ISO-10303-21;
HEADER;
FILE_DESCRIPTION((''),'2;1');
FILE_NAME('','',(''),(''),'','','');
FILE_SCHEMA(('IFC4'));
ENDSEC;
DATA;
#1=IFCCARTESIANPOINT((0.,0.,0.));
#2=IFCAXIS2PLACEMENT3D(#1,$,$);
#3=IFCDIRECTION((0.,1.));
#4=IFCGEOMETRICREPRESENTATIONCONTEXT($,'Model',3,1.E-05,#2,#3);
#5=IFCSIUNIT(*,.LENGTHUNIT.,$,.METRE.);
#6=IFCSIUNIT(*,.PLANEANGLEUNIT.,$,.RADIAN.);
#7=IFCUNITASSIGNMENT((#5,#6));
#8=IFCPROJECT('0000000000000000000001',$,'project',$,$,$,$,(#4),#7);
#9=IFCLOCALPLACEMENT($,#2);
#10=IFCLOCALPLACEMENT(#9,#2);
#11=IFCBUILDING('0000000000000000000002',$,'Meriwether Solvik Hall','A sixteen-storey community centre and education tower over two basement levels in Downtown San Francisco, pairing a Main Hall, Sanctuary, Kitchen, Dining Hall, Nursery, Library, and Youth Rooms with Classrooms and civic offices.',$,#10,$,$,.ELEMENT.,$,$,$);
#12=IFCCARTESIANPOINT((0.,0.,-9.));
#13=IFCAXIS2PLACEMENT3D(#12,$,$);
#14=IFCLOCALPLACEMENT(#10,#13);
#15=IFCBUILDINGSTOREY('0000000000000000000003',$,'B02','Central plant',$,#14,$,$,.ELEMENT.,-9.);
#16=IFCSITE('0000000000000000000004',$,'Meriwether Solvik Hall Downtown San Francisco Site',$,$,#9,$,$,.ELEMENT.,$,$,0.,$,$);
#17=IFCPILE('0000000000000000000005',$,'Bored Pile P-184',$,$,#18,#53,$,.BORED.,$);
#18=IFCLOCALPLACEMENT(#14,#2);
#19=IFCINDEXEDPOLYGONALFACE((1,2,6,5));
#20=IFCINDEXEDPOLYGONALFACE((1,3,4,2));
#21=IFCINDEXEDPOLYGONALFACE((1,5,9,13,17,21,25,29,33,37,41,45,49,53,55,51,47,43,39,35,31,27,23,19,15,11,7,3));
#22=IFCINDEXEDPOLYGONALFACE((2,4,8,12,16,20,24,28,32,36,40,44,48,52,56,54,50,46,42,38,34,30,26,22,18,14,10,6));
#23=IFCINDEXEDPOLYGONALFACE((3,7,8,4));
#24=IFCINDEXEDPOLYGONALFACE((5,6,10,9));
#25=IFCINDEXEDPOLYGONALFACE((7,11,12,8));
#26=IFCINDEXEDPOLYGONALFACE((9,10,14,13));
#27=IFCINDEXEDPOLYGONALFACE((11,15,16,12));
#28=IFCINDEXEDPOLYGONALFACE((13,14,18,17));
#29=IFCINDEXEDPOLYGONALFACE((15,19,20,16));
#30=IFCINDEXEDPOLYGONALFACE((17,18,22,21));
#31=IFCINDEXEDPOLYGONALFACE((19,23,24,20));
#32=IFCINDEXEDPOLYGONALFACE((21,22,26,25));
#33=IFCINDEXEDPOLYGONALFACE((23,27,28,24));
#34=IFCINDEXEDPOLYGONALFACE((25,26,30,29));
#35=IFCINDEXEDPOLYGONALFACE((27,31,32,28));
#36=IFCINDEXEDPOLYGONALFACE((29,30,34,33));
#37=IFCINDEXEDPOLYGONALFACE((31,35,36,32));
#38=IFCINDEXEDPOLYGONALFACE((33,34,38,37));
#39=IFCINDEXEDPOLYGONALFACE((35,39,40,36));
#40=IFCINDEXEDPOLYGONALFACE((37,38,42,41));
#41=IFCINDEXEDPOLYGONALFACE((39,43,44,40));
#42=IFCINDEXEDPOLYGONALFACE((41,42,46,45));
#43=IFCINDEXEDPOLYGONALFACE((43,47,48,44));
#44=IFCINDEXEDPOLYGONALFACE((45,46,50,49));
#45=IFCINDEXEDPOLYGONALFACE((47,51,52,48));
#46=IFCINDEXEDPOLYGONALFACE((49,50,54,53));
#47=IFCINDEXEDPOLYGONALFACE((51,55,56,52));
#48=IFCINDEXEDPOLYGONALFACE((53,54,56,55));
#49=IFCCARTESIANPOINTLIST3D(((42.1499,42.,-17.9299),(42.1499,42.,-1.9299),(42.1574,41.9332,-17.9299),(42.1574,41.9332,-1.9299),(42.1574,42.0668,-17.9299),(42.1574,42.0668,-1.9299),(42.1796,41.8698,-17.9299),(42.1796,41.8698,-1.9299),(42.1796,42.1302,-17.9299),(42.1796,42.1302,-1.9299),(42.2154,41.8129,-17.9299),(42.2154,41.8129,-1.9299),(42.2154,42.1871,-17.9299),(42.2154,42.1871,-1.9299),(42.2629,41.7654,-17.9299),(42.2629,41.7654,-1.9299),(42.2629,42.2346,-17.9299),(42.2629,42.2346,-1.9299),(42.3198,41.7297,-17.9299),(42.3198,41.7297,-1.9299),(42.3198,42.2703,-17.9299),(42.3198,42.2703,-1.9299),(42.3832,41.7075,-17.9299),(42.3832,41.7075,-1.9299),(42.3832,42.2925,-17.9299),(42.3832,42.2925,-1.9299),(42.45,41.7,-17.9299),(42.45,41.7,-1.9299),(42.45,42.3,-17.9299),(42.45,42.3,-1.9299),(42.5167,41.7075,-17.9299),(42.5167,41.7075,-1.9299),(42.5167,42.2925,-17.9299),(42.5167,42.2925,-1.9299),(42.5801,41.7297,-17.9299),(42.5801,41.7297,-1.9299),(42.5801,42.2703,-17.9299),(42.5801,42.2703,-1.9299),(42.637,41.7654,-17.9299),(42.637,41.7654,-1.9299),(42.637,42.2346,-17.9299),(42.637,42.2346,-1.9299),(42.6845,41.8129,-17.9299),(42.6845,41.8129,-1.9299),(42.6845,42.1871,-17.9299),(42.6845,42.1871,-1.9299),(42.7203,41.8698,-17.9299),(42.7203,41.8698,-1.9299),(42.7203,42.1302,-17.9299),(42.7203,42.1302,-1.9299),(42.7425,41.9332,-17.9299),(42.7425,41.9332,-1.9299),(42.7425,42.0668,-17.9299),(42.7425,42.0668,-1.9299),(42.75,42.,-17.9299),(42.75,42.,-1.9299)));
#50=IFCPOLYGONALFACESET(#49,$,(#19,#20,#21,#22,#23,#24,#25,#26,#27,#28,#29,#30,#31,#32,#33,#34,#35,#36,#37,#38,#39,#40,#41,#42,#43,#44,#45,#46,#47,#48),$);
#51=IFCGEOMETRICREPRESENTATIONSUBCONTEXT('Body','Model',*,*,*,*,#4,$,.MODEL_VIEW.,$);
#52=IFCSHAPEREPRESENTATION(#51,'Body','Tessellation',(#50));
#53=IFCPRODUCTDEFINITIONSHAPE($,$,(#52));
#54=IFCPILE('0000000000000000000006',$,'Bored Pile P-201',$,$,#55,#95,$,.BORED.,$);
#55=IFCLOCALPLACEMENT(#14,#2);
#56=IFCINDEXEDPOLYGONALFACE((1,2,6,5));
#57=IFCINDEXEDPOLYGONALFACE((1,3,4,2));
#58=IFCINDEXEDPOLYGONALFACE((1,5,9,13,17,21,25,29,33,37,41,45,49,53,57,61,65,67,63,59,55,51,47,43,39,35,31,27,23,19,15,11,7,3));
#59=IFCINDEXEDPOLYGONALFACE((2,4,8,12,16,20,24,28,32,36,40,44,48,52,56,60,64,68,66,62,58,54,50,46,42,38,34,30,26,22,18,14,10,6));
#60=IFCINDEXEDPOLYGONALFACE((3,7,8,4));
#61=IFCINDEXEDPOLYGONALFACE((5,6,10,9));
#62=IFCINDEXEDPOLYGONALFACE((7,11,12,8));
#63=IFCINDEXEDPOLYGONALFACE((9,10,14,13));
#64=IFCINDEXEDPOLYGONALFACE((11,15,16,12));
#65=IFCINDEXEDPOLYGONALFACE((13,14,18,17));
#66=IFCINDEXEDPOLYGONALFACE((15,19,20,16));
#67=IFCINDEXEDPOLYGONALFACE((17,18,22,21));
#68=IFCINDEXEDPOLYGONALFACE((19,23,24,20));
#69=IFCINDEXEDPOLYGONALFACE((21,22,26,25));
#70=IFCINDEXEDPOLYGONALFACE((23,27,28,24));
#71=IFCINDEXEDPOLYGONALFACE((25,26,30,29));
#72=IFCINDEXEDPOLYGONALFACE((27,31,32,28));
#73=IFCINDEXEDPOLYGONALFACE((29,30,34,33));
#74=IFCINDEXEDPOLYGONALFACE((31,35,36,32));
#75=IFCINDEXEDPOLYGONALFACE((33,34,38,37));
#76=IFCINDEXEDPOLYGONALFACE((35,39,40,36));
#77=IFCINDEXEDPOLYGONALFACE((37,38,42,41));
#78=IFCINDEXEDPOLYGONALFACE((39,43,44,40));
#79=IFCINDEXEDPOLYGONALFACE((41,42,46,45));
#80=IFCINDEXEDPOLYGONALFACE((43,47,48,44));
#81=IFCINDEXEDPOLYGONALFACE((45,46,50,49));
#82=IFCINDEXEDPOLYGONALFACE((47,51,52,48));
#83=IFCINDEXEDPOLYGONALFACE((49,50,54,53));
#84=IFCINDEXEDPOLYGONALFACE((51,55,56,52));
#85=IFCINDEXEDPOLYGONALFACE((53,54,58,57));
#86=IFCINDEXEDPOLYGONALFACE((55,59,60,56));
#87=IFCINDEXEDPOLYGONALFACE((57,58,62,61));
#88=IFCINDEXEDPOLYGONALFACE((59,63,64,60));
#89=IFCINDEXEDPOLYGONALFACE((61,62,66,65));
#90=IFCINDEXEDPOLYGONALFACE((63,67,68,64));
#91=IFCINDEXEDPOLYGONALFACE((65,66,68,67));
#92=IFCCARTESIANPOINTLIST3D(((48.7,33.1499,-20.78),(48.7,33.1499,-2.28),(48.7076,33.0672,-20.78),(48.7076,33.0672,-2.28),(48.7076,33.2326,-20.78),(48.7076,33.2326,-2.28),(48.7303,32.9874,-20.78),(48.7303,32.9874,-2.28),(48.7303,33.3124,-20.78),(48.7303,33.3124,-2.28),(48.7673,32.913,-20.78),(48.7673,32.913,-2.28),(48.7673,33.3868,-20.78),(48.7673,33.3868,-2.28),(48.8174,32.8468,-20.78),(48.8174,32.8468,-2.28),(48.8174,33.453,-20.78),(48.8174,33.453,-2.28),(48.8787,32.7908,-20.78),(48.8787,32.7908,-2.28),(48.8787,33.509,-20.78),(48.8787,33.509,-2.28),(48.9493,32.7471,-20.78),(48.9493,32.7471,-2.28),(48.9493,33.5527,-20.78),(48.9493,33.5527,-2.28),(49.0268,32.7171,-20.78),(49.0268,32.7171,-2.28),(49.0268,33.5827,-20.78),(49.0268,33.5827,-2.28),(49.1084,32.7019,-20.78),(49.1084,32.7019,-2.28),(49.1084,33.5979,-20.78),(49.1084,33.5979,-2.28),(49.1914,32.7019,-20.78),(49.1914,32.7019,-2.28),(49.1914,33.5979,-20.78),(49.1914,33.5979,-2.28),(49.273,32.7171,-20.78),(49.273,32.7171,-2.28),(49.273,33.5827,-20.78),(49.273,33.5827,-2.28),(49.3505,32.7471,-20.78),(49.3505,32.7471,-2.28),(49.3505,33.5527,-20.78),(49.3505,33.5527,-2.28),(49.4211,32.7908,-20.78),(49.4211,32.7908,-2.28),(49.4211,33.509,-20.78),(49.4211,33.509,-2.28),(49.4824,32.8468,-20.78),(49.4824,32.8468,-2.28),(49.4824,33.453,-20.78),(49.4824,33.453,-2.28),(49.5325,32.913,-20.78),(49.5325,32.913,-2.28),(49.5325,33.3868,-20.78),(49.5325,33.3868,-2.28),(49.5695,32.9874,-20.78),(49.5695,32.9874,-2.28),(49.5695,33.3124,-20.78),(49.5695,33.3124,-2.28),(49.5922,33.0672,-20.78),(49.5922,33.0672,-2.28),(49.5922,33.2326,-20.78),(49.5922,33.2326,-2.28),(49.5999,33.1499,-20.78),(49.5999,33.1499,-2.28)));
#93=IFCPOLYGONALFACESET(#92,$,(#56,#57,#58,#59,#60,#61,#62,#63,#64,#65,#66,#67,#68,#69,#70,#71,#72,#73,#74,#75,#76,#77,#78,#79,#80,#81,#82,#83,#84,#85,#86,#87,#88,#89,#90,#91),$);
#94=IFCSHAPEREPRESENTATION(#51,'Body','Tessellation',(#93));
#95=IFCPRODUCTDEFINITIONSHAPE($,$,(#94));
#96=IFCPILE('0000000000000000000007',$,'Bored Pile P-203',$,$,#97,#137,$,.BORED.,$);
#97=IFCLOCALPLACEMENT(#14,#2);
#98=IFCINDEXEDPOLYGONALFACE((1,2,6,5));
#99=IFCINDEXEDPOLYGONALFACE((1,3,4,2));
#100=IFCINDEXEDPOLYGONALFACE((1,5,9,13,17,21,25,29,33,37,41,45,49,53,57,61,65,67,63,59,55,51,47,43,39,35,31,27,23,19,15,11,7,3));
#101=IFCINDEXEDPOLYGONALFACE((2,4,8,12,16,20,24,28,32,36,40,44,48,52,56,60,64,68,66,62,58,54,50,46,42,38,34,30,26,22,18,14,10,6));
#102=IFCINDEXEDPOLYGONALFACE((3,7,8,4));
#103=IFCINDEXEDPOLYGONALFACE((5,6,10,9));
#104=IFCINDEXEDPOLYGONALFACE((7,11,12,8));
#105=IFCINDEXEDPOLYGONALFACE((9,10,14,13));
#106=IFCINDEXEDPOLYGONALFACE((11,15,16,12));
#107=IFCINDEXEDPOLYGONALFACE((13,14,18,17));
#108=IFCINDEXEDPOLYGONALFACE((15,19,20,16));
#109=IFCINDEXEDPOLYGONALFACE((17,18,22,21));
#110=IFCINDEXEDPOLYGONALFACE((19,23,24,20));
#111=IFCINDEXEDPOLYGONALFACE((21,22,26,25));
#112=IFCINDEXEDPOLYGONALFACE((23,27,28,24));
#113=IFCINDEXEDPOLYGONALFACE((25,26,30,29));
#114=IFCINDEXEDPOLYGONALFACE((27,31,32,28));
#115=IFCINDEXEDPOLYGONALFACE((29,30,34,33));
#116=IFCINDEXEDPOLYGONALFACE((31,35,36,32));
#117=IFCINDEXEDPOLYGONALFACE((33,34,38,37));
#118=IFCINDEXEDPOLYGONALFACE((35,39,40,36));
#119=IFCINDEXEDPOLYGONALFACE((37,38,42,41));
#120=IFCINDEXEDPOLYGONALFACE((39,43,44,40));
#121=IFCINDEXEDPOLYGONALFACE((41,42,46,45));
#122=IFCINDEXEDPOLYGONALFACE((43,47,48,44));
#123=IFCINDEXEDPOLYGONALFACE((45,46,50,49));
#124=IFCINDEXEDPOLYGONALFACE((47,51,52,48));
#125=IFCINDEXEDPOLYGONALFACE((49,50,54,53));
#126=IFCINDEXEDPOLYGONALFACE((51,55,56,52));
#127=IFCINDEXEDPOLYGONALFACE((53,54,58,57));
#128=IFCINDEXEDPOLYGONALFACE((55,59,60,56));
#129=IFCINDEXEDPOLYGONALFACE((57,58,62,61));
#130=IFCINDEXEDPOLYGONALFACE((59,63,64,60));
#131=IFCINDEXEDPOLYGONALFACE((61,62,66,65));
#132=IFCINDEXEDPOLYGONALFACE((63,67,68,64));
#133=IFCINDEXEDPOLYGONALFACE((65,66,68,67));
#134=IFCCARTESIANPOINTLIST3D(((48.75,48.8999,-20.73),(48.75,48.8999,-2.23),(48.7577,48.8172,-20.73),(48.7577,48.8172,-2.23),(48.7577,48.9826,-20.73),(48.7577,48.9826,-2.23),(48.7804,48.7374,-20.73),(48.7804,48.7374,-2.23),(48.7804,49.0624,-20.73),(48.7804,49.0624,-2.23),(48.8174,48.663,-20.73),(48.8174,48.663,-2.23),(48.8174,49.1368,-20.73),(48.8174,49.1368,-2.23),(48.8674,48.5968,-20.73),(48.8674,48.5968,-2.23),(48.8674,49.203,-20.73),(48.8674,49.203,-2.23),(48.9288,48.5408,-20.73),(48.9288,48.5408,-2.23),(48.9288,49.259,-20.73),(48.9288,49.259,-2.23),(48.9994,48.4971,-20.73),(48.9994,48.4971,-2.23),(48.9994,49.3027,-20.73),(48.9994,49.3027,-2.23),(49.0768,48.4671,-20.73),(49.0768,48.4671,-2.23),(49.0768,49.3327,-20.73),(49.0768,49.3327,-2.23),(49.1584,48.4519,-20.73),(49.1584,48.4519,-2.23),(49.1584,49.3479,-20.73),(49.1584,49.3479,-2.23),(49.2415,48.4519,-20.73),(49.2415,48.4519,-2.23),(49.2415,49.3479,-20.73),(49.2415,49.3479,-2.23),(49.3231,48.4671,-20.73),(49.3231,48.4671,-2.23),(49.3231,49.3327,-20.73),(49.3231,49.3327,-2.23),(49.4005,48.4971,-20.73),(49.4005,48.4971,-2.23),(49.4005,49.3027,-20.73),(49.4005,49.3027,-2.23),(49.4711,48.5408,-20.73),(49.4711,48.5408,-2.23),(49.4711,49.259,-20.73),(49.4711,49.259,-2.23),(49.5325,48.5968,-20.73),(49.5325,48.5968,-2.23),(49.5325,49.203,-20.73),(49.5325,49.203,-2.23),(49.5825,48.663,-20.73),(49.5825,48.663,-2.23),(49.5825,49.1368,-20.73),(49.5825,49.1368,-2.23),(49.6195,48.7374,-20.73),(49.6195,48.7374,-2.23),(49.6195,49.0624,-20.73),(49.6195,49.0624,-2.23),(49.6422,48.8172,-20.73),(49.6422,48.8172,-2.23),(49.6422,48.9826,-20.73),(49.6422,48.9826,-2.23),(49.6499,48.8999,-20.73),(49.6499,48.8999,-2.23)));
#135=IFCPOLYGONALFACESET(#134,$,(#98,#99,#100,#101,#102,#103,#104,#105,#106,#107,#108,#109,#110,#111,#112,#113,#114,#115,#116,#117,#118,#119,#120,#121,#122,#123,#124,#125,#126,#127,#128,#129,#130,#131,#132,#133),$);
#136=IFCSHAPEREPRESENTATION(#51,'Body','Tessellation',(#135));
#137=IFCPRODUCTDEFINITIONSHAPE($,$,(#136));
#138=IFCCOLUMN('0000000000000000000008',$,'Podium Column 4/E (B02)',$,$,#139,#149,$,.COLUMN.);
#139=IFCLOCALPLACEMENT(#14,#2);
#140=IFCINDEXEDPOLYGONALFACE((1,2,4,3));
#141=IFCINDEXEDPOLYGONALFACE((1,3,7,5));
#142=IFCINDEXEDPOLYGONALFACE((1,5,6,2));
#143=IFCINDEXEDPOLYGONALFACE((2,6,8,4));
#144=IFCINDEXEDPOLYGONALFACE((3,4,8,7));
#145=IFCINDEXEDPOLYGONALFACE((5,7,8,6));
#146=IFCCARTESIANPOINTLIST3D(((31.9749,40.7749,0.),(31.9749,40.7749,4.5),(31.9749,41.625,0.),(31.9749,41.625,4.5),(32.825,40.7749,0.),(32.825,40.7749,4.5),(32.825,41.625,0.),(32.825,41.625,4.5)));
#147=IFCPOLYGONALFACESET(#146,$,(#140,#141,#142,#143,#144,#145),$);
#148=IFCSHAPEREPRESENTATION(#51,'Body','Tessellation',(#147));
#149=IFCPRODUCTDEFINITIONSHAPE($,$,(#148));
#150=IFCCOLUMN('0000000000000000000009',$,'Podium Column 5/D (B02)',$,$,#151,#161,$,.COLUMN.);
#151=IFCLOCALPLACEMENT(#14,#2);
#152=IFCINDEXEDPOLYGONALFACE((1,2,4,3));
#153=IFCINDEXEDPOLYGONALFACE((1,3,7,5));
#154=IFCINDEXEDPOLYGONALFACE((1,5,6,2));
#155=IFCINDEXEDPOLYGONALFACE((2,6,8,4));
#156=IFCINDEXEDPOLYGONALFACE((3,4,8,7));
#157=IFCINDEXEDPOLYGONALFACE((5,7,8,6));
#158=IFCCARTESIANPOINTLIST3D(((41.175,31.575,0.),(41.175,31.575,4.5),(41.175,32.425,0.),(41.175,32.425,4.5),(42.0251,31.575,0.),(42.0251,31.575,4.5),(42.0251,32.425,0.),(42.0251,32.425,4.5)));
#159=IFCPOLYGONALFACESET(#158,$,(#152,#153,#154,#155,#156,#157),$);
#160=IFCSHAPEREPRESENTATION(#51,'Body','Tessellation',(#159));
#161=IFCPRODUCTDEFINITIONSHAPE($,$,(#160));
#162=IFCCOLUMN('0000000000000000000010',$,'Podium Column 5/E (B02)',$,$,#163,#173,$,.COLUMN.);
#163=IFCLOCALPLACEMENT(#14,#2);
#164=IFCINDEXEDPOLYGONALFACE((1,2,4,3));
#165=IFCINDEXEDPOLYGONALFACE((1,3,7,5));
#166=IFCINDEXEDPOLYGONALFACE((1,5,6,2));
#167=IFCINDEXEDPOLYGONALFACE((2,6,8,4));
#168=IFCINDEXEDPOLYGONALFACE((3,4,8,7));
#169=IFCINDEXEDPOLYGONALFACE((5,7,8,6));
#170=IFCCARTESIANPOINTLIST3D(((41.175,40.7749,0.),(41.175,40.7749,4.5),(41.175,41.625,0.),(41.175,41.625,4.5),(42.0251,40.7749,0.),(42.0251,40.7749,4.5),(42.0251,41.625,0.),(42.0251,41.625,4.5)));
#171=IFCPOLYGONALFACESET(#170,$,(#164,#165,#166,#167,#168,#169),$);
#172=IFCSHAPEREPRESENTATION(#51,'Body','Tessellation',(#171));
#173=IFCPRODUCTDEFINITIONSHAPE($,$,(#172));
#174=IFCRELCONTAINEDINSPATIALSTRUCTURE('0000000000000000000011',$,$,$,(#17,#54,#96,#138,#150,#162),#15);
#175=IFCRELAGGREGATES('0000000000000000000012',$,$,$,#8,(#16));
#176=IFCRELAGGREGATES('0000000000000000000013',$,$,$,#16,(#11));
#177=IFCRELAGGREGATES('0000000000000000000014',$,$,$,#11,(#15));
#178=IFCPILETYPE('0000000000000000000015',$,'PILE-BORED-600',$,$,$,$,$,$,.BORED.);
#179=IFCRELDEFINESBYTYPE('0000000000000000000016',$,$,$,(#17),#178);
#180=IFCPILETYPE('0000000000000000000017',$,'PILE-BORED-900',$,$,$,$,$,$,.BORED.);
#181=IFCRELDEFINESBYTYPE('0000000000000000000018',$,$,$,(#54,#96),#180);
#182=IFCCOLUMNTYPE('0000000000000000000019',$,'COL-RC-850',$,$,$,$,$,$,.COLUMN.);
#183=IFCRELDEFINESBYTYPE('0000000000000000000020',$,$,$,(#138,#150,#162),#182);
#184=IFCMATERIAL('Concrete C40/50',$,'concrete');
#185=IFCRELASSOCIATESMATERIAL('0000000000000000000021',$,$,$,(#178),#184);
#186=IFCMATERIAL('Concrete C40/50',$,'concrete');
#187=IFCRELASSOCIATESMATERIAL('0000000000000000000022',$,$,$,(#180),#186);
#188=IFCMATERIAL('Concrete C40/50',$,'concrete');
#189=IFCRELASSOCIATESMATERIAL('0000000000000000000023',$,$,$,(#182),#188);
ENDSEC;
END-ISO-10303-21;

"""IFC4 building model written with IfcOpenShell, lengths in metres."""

from ifc_helpers import new_model, si_unit, direction, frame, origin, origin_2d, place, context, subcontext, project, spatial, rectangle, circle, extrude, material, material_profile, profile_set, type_object, element, save


model = new_model("IFC4")

# Units and contexts
model_context = context("Model", 3, precision=1e-05, world=origin(), true_north=direction((0.0, 1.0)))
body_context = subcontext(model_context, "Body", "Model", "MODEL_VIEW")
ifc_project = project(units=[si_unit("LENGTHUNIT", "METRE"), si_unit("PLANEANGLEUNIT", "RADIAN")], contexts=[model_context])

# Site, building, storey
site_placement = place(None, origin())
site = spatial("IfcSite", under=ifc_project, at=site_placement, Name="Meriwether Solvik Hall Downtown San Francisco Site", CompositionType="ELEMENT", RefElevation=0.0)
building_placement = place(site_placement, origin())
building = spatial("IfcBuilding", under=site, at=building_placement, Name="Meriwether Solvik Hall", Description="A sixteen-storey community centre and education tower over two basement levels in Downtown San Francisco, pairing a Main Hall, Sanctuary, Kitchen, Dining Hall, Nursery, Library, and Youth Rooms with Classrooms and civic offices.", CompositionType="ELEMENT")
storey_placement = place(building_placement, frame((0.0, 0.0, -9.0)))
storey = spatial("IfcBuildingStorey", under=building, at=storey_placement, Name="B02", Description="Central plant", CompositionType="ELEMENT", Elevation=-9.0)

# Piles
ifc_material_1 = material(Name="Concrete C40/50", Category="concrete")
ifc_material_profile_1 = material_profile(ifc_material_1, circle(Radius=0.3, at=origin_2d()), Name="PILE-D600")
ifc_profile_set_1 = profile_set([ifc_material_profile_1], Name="Concrete C40/50")
pile_type_1 = type_object("IfcPileType", Name="PILE-BORED-600", PredefinedType="BORED", material=ifc_profile_set_1)
for number, where, z_axis, x_axis, name in (
    (1, (42.45, 42.0, -1.9299), (0.0, 0.0, -1.0), (1.0, 0.0, 0.0), "Bored Pile P-184"),
):
    element("IfcPile", number, at=place(storey_placement, frame(where, z_axis=z_axis, x_axis=x_axis)), inside=storey, type_object=pile_type_1, Name=name, PredefinedType="BORED", context=body_context, shape_type="SweptSolid", body=[
        extrude(circle(Radius=0.3, at=origin_2d()), origin(), (0.0, 0.0, 1.0), 16.0),
    ])
ifc_material_2 = material(Name="Concrete C40/50", Category="concrete")
ifc_material_profile_2 = material_profile(ifc_material_2, circle(Radius=0.45, at=origin_2d()), Name="PILE-D900")
ifc_profile_set_2 = profile_set([ifc_material_profile_2], Name="Concrete C40/50")
pile_type_2 = type_object("IfcPileType", Name="PILE-BORED-900", PredefinedType="BORED", material=ifc_profile_set_2)
for number, where, z_axis, x_axis, name in (
    (2, (49.1499, 33.1499, -2.28), (0.0, 0.0, -1.0), (1.0, 0.0, 0.0), "Bored Pile P-201"),
    (3, (49.2, 48.8999, -2.23), (0.0, 0.0, -1.0), (1.0, 0.0, 0.0), "Bored Pile P-203"),
):
    element("IfcPile", number, at=place(storey_placement, frame(where, z_axis=z_axis, x_axis=x_axis)), inside=storey, type_object=pile_type_2, Name=name, PredefinedType="BORED", context=body_context, shape_type="SweptSolid", body=[
        extrude(circle(Radius=0.45, at=origin_2d()), origin(), (0.0, 0.0, 1.0), 18.5),
    ])

# Columns
ifc_material_3 = material(Name="Concrete C40/50", Category="concrete")
ifc_material_profile_3 = material_profile(ifc_material_3, rectangle(XDim=0.8501, YDim=0.8501, at=origin_2d()), Name="RCC-850X850")
ifc_profile_set_3 = profile_set([ifc_material_profile_3], Name="Concrete C40/50")
column_type = type_object("IfcColumnType", Name="COL-RC-850", PredefinedType="COLUMN", material=ifc_profile_set_3)
for number, where, z_axis, x_axis, name in (
    (4, (32.3999, 41.2, 0.0), (0.0, 0.0, 1.0), (1.0, 0.0, 0.0), "Podium Column 4/E (B02)"),
    (5, (41.6001, 32.0, 0.0), (0.0, 0.0, 1.0), (1.0, 0.0, 0.0), "Podium Column 5/D (B02)"),
    (6, (41.6001, 41.2, 0.0), (0.0, 0.0, 1.0), (1.0, 0.0, 0.0), "Podium Column 5/E (B02)"),
):
    element("IfcColumn", number, at=place(storey_placement, frame(where, z_axis=z_axis, x_axis=x_axis)), inside=storey, type_object=column_type, Name=name, PredefinedType="COLUMN", context=body_context, shape_type="SweptSolid", body=[
        extrude(rectangle(XDim=0.8501, YDim=0.8501, at=origin_2d()), origin(), (0.0, 0.0, 1.0), 4.5),
    ])

save(model, "model.ifc")
